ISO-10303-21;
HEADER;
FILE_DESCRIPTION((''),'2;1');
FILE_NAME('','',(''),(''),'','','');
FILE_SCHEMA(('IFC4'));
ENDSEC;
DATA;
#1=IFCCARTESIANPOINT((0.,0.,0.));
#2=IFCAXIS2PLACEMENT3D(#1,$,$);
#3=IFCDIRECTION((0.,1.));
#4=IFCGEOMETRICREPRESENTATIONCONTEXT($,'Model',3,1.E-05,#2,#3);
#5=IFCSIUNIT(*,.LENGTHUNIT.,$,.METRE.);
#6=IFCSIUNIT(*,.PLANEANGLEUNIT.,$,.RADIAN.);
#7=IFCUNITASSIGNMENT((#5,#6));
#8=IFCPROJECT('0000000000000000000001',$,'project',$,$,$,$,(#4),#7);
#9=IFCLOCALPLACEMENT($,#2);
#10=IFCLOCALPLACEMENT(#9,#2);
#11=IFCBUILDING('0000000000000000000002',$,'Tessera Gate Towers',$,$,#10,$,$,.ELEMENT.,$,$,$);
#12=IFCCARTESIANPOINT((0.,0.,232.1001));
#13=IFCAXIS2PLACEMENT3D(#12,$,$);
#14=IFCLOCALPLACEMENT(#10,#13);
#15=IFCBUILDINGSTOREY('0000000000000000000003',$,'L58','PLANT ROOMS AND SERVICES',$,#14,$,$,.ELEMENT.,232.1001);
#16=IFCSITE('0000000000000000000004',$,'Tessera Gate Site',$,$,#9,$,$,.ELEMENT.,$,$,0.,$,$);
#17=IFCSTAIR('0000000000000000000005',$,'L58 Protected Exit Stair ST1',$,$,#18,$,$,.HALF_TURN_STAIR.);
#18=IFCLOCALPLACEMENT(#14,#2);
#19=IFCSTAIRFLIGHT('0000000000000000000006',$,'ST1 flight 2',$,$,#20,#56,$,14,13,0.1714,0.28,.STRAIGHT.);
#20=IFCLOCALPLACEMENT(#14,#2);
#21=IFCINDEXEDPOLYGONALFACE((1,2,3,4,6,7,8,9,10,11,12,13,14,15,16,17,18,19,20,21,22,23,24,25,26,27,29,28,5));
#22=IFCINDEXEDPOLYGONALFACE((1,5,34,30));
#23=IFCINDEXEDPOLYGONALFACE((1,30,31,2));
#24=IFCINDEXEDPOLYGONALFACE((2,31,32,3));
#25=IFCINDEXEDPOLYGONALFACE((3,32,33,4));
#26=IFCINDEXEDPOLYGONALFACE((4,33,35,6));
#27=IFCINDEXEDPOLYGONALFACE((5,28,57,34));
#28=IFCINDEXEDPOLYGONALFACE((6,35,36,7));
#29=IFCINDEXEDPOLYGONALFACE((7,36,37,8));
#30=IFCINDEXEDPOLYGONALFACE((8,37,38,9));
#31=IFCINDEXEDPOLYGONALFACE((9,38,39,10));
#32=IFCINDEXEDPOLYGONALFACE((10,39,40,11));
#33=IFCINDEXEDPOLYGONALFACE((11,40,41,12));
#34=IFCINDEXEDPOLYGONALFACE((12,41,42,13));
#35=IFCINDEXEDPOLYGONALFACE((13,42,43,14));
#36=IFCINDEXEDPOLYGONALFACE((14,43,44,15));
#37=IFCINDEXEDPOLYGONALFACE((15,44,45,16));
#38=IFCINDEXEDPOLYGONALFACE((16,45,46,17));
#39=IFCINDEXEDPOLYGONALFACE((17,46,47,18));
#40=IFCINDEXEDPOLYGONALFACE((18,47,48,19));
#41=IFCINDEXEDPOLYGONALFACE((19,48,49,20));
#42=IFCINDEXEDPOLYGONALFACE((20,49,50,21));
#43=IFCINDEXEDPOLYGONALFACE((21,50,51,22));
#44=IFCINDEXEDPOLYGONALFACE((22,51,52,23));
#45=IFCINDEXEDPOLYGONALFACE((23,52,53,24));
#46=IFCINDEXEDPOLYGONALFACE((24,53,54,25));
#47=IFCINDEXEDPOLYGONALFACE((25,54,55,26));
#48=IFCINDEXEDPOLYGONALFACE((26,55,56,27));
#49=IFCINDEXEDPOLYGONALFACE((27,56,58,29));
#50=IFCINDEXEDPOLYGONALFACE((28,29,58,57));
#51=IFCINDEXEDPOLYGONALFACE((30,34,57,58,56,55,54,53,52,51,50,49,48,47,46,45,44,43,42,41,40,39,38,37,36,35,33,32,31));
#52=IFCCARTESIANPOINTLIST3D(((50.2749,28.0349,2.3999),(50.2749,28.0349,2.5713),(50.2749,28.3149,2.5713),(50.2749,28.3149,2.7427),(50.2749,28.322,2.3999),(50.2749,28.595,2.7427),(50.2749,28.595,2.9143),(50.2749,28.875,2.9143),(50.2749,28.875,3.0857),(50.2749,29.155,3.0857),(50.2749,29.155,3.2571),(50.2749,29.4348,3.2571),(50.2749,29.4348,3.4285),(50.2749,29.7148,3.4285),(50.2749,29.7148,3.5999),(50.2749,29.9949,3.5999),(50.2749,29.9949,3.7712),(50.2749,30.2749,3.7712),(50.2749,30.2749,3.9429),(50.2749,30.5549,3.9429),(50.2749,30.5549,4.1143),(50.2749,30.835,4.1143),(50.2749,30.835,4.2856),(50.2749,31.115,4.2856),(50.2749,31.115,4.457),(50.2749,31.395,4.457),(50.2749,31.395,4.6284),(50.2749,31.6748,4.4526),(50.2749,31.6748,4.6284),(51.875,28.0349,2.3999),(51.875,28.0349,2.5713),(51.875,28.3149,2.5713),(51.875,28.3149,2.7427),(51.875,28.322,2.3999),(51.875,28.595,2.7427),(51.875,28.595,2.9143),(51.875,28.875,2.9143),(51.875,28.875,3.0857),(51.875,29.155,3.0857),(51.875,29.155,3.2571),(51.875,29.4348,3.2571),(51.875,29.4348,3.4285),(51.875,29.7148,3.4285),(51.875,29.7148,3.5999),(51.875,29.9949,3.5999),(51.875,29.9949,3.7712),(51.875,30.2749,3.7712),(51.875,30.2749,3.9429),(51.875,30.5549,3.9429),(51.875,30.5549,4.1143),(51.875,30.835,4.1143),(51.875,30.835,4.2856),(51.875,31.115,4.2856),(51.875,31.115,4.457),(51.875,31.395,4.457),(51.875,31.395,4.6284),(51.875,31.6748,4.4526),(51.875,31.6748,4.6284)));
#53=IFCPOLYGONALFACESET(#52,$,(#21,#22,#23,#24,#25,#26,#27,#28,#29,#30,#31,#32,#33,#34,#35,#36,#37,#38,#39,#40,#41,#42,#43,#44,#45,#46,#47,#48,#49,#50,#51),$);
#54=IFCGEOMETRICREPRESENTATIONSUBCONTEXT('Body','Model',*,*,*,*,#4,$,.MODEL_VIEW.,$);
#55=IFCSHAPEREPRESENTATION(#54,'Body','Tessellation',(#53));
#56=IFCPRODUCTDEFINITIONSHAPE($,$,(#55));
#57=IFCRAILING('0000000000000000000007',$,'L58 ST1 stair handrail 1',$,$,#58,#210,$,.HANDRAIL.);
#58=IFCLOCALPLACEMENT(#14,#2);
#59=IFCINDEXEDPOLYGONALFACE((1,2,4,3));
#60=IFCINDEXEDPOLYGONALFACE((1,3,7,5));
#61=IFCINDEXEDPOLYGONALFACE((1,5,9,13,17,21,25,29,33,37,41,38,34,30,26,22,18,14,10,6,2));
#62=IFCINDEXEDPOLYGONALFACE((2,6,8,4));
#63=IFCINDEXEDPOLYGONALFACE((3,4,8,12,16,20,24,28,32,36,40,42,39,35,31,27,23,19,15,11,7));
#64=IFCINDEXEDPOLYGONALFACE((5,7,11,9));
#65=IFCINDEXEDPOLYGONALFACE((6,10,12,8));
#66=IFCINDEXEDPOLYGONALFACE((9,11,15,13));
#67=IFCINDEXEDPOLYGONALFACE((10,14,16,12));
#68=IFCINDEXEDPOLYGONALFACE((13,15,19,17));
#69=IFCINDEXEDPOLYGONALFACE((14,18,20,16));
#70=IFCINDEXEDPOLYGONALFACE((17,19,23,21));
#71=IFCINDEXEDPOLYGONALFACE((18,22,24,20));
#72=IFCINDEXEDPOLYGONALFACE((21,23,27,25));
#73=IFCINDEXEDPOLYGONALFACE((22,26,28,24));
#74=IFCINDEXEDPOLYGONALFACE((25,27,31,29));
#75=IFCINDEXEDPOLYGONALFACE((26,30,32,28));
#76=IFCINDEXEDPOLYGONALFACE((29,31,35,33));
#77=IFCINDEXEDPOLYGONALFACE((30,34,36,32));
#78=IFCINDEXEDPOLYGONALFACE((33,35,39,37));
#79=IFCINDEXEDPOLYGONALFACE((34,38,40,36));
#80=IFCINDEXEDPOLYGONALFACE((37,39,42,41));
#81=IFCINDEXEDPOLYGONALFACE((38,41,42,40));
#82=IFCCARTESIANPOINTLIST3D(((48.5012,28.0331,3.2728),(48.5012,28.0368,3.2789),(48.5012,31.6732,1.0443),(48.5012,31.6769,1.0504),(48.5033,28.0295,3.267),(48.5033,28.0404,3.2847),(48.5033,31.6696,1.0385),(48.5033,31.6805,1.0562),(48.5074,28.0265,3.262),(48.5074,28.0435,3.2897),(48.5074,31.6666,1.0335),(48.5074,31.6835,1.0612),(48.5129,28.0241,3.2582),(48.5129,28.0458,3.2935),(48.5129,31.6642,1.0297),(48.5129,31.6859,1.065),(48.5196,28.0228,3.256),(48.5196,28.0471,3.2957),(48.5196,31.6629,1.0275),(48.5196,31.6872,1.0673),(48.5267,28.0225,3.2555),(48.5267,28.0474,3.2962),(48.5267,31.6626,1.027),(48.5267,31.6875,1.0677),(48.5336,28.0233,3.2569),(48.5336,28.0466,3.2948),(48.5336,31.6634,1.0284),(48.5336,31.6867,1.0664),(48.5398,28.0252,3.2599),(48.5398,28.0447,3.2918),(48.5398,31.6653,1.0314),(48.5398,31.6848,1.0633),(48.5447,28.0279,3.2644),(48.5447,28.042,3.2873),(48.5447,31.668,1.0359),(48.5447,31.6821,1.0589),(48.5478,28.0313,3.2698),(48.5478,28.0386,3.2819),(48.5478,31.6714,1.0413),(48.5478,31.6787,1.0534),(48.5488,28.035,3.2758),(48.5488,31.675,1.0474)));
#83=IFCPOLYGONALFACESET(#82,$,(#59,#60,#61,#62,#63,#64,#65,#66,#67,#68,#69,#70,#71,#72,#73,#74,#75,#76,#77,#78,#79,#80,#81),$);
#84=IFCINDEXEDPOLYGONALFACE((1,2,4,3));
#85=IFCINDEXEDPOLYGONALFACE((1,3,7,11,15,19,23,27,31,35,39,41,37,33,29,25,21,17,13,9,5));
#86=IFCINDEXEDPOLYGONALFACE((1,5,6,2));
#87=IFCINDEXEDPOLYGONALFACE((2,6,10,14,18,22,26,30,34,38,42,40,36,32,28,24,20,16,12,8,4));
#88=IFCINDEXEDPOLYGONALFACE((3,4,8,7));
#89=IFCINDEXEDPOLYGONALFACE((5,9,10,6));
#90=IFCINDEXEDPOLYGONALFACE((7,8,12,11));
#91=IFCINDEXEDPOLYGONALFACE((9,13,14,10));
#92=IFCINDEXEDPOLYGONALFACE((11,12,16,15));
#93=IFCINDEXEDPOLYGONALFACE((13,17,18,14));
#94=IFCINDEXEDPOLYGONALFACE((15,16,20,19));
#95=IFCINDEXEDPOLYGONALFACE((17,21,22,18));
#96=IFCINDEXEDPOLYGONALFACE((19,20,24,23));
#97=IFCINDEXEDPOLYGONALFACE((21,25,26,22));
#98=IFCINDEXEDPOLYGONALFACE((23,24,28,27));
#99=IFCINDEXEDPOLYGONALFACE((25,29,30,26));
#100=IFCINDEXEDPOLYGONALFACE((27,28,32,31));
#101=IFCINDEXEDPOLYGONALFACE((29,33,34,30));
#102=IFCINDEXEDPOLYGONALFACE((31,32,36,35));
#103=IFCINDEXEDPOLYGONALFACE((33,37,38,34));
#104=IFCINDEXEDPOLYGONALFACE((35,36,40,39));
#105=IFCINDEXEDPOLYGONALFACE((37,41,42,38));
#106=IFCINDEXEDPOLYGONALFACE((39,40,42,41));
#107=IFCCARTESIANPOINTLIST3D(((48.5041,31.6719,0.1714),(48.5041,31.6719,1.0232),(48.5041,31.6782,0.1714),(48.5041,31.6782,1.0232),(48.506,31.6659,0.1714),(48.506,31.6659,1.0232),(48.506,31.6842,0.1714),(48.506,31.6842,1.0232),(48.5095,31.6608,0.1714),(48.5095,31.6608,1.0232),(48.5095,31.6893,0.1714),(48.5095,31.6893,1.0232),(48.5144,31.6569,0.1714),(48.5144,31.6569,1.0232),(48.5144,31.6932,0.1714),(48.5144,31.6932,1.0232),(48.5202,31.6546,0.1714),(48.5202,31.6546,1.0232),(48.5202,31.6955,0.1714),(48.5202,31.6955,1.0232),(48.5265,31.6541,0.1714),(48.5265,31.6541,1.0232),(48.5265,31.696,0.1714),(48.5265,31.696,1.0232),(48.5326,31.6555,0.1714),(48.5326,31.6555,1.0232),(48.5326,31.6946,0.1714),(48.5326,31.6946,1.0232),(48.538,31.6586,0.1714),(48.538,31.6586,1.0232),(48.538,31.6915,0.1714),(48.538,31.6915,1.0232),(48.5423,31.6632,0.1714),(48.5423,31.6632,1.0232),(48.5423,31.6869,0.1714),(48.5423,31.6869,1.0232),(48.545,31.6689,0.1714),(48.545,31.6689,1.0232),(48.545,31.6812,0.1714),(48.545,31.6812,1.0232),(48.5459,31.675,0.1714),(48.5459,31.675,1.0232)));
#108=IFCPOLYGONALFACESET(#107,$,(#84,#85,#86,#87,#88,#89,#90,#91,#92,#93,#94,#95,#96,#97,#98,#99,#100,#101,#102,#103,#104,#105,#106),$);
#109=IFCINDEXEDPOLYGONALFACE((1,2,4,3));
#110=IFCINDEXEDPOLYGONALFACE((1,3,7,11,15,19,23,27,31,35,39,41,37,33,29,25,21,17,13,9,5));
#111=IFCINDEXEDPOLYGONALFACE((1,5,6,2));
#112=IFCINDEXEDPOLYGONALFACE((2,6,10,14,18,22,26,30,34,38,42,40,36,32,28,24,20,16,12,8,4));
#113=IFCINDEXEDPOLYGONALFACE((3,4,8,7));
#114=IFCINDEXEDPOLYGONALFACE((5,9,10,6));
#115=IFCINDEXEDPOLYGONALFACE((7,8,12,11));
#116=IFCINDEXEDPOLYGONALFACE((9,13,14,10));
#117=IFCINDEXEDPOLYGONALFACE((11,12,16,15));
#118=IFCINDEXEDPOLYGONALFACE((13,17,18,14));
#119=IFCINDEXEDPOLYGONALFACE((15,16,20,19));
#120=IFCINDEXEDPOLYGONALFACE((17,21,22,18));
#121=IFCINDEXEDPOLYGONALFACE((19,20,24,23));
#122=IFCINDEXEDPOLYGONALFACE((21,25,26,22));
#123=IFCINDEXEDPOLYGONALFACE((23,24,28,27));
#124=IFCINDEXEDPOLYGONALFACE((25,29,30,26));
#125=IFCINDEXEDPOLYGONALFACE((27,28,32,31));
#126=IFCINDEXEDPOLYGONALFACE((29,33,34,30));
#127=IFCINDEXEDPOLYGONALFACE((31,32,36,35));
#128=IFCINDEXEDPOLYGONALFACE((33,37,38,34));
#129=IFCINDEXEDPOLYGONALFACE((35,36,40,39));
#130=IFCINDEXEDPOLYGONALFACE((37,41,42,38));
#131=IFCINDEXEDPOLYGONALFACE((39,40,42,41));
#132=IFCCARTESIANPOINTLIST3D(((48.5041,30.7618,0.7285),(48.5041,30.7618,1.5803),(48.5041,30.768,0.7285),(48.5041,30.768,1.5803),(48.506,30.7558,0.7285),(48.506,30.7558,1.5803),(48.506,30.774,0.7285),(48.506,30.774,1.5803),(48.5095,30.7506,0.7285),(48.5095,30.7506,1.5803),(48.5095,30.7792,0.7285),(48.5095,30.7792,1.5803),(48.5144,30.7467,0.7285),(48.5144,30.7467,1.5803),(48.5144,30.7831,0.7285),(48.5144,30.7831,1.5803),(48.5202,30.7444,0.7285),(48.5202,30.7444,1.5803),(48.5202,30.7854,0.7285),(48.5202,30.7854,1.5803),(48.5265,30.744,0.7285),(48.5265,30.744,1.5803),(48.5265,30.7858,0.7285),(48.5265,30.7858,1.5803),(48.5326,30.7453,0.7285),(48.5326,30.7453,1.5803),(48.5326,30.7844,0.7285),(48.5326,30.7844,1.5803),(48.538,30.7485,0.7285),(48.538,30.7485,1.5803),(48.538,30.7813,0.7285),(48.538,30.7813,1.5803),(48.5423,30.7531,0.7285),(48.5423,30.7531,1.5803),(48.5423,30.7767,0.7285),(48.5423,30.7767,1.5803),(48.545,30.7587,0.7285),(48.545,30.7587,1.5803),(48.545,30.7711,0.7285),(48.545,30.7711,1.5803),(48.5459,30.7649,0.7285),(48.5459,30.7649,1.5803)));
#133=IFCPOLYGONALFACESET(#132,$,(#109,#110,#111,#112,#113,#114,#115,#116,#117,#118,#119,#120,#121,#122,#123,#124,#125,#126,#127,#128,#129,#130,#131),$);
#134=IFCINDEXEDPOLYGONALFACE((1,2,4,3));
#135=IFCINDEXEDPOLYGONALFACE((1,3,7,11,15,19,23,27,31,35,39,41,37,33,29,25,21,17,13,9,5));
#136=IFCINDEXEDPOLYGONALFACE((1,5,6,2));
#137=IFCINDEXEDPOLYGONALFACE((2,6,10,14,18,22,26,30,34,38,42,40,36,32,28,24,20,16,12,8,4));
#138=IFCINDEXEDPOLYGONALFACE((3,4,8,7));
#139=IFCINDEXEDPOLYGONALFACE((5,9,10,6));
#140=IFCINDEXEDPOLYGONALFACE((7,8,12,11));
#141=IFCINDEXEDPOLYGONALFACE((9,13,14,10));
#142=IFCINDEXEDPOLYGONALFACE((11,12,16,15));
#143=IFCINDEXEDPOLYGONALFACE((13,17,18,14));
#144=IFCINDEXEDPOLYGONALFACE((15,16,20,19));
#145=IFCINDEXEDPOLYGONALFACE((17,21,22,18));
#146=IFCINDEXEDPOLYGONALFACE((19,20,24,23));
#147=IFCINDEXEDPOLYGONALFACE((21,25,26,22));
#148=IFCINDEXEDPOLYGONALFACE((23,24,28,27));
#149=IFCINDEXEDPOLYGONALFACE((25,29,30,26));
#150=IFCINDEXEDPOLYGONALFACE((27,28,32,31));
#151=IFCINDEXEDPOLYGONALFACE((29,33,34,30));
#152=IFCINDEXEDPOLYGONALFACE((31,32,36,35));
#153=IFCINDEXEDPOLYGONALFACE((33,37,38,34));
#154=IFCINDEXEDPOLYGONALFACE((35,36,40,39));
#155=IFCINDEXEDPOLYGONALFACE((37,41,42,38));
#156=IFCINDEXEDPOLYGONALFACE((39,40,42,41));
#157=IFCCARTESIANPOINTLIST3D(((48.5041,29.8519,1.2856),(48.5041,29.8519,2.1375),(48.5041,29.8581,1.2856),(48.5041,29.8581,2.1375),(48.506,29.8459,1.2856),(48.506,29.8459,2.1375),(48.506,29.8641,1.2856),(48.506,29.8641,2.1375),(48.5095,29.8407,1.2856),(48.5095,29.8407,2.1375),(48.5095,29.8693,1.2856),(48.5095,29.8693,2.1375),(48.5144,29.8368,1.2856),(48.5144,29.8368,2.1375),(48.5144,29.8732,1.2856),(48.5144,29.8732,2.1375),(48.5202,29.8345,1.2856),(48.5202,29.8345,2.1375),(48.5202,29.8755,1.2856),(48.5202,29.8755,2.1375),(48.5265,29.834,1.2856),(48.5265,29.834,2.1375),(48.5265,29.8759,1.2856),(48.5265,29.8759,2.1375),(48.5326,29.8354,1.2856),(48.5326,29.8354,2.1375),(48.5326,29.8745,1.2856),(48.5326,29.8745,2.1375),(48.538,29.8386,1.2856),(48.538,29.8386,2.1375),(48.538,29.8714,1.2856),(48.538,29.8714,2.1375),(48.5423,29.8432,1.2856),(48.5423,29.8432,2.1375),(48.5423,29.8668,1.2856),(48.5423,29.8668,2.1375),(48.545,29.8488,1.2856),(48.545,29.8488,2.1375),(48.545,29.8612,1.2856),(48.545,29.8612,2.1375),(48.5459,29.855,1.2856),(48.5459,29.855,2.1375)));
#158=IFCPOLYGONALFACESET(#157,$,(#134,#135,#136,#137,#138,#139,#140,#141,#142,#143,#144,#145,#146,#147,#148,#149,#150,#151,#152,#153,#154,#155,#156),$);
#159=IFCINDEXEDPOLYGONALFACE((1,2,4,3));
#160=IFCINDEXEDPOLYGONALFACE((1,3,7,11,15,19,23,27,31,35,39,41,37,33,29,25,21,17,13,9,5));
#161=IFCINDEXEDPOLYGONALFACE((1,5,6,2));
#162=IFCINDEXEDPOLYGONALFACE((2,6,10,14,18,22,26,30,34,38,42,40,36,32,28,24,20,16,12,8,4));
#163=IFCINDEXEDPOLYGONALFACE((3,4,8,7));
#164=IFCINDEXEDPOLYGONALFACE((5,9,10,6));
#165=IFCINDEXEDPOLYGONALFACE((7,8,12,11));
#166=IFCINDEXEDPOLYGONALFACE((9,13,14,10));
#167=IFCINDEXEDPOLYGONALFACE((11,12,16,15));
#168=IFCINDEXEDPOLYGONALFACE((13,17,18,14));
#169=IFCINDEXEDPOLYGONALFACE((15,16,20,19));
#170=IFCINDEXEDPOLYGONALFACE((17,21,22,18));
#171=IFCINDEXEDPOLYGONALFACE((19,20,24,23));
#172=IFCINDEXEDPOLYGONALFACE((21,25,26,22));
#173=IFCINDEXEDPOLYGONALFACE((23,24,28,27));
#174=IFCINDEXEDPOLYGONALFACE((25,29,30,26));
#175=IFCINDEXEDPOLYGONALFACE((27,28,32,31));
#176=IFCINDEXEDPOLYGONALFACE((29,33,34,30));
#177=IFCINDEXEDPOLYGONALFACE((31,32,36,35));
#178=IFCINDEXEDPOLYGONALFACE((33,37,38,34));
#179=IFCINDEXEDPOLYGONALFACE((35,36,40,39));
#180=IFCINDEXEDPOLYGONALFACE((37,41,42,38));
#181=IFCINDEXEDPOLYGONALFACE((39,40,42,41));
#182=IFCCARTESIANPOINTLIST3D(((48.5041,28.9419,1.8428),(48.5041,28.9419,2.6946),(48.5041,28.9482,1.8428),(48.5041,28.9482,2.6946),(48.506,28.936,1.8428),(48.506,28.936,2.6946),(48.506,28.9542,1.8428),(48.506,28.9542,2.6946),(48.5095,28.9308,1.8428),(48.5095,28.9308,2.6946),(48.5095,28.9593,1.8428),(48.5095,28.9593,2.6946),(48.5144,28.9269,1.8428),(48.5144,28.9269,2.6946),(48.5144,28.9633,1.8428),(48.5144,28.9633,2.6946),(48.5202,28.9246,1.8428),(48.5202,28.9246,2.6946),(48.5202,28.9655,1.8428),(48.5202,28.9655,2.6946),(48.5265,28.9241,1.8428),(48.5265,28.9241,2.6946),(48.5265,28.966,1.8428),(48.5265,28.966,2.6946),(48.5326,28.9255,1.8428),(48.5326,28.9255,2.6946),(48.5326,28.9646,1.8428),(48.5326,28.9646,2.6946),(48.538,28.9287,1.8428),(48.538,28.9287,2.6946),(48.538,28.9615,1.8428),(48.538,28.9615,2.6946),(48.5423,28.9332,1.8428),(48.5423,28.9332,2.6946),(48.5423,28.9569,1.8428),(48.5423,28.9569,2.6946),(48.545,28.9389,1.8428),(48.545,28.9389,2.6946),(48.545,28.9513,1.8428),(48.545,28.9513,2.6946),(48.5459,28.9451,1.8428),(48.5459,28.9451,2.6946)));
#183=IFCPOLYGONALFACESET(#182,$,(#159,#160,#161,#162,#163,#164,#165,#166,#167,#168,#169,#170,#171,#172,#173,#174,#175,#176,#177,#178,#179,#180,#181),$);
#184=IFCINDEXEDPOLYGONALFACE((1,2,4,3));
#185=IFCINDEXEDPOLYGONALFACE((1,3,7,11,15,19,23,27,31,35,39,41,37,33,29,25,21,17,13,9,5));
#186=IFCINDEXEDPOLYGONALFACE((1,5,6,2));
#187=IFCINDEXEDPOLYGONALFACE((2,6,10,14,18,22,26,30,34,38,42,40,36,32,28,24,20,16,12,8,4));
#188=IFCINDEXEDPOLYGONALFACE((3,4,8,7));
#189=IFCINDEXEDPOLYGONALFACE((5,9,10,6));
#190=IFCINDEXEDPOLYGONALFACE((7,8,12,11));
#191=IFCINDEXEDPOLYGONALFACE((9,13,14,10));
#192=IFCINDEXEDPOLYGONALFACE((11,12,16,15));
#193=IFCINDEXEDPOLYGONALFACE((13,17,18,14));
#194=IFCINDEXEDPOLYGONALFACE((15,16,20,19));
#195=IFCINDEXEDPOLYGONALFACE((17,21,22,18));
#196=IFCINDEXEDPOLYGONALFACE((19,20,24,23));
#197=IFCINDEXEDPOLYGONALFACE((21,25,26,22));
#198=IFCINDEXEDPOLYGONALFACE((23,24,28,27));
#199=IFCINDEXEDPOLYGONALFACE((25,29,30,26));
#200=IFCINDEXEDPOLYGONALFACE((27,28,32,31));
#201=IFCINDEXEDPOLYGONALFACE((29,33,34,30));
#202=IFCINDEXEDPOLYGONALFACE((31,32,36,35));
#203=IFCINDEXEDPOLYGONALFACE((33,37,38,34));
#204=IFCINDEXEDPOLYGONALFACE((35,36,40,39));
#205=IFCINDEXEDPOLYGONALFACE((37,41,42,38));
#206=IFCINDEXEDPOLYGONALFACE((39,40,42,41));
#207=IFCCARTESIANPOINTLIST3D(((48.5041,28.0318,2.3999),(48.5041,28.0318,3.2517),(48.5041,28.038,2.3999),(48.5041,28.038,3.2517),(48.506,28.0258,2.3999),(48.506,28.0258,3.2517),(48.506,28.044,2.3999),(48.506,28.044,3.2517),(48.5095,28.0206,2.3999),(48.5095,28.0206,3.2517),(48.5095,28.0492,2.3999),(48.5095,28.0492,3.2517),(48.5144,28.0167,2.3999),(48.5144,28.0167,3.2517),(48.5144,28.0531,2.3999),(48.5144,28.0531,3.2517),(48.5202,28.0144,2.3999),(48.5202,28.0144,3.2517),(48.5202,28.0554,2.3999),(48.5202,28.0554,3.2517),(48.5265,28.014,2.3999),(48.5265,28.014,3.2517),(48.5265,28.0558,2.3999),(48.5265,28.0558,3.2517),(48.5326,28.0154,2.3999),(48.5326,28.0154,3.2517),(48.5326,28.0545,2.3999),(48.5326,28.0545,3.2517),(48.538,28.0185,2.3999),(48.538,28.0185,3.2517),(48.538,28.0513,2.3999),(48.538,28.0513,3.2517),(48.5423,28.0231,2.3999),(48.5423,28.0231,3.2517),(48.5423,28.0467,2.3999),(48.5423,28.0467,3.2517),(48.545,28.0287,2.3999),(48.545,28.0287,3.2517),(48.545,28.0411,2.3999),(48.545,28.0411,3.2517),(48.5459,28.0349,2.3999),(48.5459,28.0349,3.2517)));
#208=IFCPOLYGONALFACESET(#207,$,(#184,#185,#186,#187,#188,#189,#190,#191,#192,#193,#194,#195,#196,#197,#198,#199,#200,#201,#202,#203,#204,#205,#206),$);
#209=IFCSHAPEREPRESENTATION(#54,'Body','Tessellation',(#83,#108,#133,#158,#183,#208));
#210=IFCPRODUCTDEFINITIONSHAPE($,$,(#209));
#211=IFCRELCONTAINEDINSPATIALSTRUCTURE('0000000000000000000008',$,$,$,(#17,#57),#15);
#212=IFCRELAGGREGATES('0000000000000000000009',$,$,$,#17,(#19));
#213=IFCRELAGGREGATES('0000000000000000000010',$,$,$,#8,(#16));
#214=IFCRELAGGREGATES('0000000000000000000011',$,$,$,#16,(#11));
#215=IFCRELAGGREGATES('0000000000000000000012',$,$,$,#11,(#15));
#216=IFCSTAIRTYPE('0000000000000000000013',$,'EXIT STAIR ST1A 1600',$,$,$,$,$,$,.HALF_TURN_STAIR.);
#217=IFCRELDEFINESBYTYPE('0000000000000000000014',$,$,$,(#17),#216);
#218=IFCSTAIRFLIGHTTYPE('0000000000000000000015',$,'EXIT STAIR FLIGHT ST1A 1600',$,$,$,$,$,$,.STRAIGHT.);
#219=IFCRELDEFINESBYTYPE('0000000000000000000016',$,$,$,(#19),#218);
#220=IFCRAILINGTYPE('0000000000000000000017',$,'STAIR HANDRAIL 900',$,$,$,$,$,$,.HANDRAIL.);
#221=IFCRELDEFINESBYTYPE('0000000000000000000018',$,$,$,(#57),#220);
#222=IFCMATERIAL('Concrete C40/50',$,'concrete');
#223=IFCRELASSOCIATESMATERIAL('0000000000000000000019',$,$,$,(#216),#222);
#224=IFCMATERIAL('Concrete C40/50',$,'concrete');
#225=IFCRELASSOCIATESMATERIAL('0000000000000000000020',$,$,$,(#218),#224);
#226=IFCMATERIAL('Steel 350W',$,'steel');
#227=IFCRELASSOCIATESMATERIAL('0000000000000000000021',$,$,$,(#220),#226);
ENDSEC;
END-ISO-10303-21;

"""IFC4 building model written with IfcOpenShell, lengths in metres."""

from ifc_helpers import new_model, si_unit, direction, frame, origin, origin_2d, place, context, subcontext, project, spatial, polyline, circle, outline, extrude, material, type_object, element, aggregate, save


model = new_model("IFC4")

# Units and contexts
model_context = context("Model", 3, precision=1e-05, world=origin(), true_north=direction((0.0, 1.0)))
body_context = subcontext(model_context, "Body", "Model", "MODEL_VIEW")
ifc_project = project(units=[si_unit("LENGTHUNIT", "METRE"), si_unit("PLANEANGLEUNIT", "RADIAN")], contexts=[model_context])

# Site, building, storey
site_placement = place(None, origin())
site = spatial("IfcSite", under=ifc_project, at=site_placement, Name="Tessera Gate Site", CompositionType="ELEMENT", RefElevation=0.0)
building_placement = place(site_placement, origin())
building = spatial("IfcBuilding", under=site, at=building_placement, Name="Tessera Gate Towers", CompositionType="ELEMENT")
storey_placement = place(building_placement, frame((0.0, 0.0, 232.1001)))
storey = spatial("IfcBuildingStorey", under=building, at=storey_placement, Name="L58", Description="PLANT ROOMS AND SERVICES", CompositionType="ELEMENT", Elevation=232.1001)

# Stair, stair flight
ifc_material_1 = material(Name="Concrete C40/50", Category="concrete")
stair_type = type_object("IfcStairType", Name="EXIT STAIR ST1A 1600", PredefinedType="HALF_TURN_STAIR", material=ifc_material_1)
stair_placement = place(storey_placement, origin())
stair = element("IfcStair", 1, at=stair_placement, inside=storey, type_object=stair_type, Name="L58 Protected Exit Stair ST1", PredefinedType="HALF_TURN_STAIR")
ifc_material_2 = material(Name="Concrete C40/50", Category="concrete")
stair_flight_type = type_object("IfcStairFlightType", Name="EXIT STAIR FLIGHT ST1A 1600", PredefinedType="STRAIGHT", material=ifc_material_2)
stair_flight_1_placement = place(storey_placement, frame((51.075, 28.0349, 2.3999), z_axis=(0.0, 0.0, 1.0), x_axis=(0.0, 1.0, 0.0)))
stair_flight_1 = element("IfcStairFlight", 2, at=stair_flight_1_placement, type_object=stair_flight_type, Name="ST1 flight 2", NumberOfRisers=14, NumberOfTreads=13, PredefinedType="STRAIGHT", RiserHeight=0.1714, TreadLength=0.28, context=body_context, shape_type="SweptSolid", body=[
    extrude(outline(polyline([(0.0, 0.0), (0.0, 0.1714), (0.28, 0.1714), (0.28, 0.3428), (0.5601, 0.3428), (0.5601, 0.5144), (0.8401, 0.5144), (0.8401, 0.6858), (1.1201, 0.6858), (1.1201, 0.8572), (1.3999, 0.8572), (1.3999, 1.0286), (1.6799, 1.0286), (1.6799, 1.2), (1.96, 1.2), (1.96, 1.3713), (2.24, 1.3713), (2.24, 1.543), (2.52, 1.543), (2.52, 1.7144), (2.8, 1.7144), (2.8, 1.8857), (3.0801, 1.8857), (3.0801, 2.0571), (3.3601, 2.0571), (3.3601, 2.2285), (3.6399, 2.2285), (3.6399, 2.3999), (3.6399, 2.0527), (0.2871, 0.0), (0.0, 0.0)])), frame((0.0, 0.8, 0.0), z_axis=(0.0, -1.0, 0.0), x_axis=(1.0, 0.0, 0.0)), (0.0, 0.0, 1.0), 1.6001),
])
aggregate(stair, [stair_flight_1])

# Railing
ifc_material_3 = material(Name="Steel 350W", Category="steel")
railing_type_1 = type_object("IfcRailingType", Name="STAIR HANDRAIL 900", PredefinedType="HANDRAIL", material=ifc_material_3)
railing_1_placement = place(storey_placement, frame((48.5249, 31.675, 0.1714)))
element("IfcRailing", 3, at=railing_1_placement, inside=storey, type_object=railing_type_1, Name="L58 ST1 stair handrail 1", PredefinedType="HANDRAIL", context=body_context, shape_type="SweptSolid", body=[
    extrude(circle(Radius=0.0239, at=origin_2d()), frame((0.0, 0.0, 0.876), z_axis=(0.0, -0.852866, 0.52213), x_axis=(1.0, 0.0, 0.0)), (0.0, 0.0, 1.0), 4.2681),
    extrude(circle(Radius=0.021, at=origin_2d()), origin(), (0.0, 0.0, 1.0), 0.8518),
    extrude(circle(Radius=0.021, at=origin_2d()), frame((0.0, -0.9102, 0.5571)), (0.0, 0.0, 1.0), 0.8518),
    extrude(circle(Radius=0.021, at=origin_2d()), frame((0.0, -1.8201, 1.1143)), (0.0, 0.0, 1.0), 0.8518),
    extrude(circle(Radius=0.021, at=origin_2d()), frame((0.0, -2.73, 1.6714)), (0.0, 0.0, 1.0), 0.8518),
    extrude(circle(Radius=0.021, at=origin_2d()), frame((0.0, -3.6401, 2.2285)), (0.0, 0.0, 1.0), 0.8518),
])

save(model, "model.ifc")
